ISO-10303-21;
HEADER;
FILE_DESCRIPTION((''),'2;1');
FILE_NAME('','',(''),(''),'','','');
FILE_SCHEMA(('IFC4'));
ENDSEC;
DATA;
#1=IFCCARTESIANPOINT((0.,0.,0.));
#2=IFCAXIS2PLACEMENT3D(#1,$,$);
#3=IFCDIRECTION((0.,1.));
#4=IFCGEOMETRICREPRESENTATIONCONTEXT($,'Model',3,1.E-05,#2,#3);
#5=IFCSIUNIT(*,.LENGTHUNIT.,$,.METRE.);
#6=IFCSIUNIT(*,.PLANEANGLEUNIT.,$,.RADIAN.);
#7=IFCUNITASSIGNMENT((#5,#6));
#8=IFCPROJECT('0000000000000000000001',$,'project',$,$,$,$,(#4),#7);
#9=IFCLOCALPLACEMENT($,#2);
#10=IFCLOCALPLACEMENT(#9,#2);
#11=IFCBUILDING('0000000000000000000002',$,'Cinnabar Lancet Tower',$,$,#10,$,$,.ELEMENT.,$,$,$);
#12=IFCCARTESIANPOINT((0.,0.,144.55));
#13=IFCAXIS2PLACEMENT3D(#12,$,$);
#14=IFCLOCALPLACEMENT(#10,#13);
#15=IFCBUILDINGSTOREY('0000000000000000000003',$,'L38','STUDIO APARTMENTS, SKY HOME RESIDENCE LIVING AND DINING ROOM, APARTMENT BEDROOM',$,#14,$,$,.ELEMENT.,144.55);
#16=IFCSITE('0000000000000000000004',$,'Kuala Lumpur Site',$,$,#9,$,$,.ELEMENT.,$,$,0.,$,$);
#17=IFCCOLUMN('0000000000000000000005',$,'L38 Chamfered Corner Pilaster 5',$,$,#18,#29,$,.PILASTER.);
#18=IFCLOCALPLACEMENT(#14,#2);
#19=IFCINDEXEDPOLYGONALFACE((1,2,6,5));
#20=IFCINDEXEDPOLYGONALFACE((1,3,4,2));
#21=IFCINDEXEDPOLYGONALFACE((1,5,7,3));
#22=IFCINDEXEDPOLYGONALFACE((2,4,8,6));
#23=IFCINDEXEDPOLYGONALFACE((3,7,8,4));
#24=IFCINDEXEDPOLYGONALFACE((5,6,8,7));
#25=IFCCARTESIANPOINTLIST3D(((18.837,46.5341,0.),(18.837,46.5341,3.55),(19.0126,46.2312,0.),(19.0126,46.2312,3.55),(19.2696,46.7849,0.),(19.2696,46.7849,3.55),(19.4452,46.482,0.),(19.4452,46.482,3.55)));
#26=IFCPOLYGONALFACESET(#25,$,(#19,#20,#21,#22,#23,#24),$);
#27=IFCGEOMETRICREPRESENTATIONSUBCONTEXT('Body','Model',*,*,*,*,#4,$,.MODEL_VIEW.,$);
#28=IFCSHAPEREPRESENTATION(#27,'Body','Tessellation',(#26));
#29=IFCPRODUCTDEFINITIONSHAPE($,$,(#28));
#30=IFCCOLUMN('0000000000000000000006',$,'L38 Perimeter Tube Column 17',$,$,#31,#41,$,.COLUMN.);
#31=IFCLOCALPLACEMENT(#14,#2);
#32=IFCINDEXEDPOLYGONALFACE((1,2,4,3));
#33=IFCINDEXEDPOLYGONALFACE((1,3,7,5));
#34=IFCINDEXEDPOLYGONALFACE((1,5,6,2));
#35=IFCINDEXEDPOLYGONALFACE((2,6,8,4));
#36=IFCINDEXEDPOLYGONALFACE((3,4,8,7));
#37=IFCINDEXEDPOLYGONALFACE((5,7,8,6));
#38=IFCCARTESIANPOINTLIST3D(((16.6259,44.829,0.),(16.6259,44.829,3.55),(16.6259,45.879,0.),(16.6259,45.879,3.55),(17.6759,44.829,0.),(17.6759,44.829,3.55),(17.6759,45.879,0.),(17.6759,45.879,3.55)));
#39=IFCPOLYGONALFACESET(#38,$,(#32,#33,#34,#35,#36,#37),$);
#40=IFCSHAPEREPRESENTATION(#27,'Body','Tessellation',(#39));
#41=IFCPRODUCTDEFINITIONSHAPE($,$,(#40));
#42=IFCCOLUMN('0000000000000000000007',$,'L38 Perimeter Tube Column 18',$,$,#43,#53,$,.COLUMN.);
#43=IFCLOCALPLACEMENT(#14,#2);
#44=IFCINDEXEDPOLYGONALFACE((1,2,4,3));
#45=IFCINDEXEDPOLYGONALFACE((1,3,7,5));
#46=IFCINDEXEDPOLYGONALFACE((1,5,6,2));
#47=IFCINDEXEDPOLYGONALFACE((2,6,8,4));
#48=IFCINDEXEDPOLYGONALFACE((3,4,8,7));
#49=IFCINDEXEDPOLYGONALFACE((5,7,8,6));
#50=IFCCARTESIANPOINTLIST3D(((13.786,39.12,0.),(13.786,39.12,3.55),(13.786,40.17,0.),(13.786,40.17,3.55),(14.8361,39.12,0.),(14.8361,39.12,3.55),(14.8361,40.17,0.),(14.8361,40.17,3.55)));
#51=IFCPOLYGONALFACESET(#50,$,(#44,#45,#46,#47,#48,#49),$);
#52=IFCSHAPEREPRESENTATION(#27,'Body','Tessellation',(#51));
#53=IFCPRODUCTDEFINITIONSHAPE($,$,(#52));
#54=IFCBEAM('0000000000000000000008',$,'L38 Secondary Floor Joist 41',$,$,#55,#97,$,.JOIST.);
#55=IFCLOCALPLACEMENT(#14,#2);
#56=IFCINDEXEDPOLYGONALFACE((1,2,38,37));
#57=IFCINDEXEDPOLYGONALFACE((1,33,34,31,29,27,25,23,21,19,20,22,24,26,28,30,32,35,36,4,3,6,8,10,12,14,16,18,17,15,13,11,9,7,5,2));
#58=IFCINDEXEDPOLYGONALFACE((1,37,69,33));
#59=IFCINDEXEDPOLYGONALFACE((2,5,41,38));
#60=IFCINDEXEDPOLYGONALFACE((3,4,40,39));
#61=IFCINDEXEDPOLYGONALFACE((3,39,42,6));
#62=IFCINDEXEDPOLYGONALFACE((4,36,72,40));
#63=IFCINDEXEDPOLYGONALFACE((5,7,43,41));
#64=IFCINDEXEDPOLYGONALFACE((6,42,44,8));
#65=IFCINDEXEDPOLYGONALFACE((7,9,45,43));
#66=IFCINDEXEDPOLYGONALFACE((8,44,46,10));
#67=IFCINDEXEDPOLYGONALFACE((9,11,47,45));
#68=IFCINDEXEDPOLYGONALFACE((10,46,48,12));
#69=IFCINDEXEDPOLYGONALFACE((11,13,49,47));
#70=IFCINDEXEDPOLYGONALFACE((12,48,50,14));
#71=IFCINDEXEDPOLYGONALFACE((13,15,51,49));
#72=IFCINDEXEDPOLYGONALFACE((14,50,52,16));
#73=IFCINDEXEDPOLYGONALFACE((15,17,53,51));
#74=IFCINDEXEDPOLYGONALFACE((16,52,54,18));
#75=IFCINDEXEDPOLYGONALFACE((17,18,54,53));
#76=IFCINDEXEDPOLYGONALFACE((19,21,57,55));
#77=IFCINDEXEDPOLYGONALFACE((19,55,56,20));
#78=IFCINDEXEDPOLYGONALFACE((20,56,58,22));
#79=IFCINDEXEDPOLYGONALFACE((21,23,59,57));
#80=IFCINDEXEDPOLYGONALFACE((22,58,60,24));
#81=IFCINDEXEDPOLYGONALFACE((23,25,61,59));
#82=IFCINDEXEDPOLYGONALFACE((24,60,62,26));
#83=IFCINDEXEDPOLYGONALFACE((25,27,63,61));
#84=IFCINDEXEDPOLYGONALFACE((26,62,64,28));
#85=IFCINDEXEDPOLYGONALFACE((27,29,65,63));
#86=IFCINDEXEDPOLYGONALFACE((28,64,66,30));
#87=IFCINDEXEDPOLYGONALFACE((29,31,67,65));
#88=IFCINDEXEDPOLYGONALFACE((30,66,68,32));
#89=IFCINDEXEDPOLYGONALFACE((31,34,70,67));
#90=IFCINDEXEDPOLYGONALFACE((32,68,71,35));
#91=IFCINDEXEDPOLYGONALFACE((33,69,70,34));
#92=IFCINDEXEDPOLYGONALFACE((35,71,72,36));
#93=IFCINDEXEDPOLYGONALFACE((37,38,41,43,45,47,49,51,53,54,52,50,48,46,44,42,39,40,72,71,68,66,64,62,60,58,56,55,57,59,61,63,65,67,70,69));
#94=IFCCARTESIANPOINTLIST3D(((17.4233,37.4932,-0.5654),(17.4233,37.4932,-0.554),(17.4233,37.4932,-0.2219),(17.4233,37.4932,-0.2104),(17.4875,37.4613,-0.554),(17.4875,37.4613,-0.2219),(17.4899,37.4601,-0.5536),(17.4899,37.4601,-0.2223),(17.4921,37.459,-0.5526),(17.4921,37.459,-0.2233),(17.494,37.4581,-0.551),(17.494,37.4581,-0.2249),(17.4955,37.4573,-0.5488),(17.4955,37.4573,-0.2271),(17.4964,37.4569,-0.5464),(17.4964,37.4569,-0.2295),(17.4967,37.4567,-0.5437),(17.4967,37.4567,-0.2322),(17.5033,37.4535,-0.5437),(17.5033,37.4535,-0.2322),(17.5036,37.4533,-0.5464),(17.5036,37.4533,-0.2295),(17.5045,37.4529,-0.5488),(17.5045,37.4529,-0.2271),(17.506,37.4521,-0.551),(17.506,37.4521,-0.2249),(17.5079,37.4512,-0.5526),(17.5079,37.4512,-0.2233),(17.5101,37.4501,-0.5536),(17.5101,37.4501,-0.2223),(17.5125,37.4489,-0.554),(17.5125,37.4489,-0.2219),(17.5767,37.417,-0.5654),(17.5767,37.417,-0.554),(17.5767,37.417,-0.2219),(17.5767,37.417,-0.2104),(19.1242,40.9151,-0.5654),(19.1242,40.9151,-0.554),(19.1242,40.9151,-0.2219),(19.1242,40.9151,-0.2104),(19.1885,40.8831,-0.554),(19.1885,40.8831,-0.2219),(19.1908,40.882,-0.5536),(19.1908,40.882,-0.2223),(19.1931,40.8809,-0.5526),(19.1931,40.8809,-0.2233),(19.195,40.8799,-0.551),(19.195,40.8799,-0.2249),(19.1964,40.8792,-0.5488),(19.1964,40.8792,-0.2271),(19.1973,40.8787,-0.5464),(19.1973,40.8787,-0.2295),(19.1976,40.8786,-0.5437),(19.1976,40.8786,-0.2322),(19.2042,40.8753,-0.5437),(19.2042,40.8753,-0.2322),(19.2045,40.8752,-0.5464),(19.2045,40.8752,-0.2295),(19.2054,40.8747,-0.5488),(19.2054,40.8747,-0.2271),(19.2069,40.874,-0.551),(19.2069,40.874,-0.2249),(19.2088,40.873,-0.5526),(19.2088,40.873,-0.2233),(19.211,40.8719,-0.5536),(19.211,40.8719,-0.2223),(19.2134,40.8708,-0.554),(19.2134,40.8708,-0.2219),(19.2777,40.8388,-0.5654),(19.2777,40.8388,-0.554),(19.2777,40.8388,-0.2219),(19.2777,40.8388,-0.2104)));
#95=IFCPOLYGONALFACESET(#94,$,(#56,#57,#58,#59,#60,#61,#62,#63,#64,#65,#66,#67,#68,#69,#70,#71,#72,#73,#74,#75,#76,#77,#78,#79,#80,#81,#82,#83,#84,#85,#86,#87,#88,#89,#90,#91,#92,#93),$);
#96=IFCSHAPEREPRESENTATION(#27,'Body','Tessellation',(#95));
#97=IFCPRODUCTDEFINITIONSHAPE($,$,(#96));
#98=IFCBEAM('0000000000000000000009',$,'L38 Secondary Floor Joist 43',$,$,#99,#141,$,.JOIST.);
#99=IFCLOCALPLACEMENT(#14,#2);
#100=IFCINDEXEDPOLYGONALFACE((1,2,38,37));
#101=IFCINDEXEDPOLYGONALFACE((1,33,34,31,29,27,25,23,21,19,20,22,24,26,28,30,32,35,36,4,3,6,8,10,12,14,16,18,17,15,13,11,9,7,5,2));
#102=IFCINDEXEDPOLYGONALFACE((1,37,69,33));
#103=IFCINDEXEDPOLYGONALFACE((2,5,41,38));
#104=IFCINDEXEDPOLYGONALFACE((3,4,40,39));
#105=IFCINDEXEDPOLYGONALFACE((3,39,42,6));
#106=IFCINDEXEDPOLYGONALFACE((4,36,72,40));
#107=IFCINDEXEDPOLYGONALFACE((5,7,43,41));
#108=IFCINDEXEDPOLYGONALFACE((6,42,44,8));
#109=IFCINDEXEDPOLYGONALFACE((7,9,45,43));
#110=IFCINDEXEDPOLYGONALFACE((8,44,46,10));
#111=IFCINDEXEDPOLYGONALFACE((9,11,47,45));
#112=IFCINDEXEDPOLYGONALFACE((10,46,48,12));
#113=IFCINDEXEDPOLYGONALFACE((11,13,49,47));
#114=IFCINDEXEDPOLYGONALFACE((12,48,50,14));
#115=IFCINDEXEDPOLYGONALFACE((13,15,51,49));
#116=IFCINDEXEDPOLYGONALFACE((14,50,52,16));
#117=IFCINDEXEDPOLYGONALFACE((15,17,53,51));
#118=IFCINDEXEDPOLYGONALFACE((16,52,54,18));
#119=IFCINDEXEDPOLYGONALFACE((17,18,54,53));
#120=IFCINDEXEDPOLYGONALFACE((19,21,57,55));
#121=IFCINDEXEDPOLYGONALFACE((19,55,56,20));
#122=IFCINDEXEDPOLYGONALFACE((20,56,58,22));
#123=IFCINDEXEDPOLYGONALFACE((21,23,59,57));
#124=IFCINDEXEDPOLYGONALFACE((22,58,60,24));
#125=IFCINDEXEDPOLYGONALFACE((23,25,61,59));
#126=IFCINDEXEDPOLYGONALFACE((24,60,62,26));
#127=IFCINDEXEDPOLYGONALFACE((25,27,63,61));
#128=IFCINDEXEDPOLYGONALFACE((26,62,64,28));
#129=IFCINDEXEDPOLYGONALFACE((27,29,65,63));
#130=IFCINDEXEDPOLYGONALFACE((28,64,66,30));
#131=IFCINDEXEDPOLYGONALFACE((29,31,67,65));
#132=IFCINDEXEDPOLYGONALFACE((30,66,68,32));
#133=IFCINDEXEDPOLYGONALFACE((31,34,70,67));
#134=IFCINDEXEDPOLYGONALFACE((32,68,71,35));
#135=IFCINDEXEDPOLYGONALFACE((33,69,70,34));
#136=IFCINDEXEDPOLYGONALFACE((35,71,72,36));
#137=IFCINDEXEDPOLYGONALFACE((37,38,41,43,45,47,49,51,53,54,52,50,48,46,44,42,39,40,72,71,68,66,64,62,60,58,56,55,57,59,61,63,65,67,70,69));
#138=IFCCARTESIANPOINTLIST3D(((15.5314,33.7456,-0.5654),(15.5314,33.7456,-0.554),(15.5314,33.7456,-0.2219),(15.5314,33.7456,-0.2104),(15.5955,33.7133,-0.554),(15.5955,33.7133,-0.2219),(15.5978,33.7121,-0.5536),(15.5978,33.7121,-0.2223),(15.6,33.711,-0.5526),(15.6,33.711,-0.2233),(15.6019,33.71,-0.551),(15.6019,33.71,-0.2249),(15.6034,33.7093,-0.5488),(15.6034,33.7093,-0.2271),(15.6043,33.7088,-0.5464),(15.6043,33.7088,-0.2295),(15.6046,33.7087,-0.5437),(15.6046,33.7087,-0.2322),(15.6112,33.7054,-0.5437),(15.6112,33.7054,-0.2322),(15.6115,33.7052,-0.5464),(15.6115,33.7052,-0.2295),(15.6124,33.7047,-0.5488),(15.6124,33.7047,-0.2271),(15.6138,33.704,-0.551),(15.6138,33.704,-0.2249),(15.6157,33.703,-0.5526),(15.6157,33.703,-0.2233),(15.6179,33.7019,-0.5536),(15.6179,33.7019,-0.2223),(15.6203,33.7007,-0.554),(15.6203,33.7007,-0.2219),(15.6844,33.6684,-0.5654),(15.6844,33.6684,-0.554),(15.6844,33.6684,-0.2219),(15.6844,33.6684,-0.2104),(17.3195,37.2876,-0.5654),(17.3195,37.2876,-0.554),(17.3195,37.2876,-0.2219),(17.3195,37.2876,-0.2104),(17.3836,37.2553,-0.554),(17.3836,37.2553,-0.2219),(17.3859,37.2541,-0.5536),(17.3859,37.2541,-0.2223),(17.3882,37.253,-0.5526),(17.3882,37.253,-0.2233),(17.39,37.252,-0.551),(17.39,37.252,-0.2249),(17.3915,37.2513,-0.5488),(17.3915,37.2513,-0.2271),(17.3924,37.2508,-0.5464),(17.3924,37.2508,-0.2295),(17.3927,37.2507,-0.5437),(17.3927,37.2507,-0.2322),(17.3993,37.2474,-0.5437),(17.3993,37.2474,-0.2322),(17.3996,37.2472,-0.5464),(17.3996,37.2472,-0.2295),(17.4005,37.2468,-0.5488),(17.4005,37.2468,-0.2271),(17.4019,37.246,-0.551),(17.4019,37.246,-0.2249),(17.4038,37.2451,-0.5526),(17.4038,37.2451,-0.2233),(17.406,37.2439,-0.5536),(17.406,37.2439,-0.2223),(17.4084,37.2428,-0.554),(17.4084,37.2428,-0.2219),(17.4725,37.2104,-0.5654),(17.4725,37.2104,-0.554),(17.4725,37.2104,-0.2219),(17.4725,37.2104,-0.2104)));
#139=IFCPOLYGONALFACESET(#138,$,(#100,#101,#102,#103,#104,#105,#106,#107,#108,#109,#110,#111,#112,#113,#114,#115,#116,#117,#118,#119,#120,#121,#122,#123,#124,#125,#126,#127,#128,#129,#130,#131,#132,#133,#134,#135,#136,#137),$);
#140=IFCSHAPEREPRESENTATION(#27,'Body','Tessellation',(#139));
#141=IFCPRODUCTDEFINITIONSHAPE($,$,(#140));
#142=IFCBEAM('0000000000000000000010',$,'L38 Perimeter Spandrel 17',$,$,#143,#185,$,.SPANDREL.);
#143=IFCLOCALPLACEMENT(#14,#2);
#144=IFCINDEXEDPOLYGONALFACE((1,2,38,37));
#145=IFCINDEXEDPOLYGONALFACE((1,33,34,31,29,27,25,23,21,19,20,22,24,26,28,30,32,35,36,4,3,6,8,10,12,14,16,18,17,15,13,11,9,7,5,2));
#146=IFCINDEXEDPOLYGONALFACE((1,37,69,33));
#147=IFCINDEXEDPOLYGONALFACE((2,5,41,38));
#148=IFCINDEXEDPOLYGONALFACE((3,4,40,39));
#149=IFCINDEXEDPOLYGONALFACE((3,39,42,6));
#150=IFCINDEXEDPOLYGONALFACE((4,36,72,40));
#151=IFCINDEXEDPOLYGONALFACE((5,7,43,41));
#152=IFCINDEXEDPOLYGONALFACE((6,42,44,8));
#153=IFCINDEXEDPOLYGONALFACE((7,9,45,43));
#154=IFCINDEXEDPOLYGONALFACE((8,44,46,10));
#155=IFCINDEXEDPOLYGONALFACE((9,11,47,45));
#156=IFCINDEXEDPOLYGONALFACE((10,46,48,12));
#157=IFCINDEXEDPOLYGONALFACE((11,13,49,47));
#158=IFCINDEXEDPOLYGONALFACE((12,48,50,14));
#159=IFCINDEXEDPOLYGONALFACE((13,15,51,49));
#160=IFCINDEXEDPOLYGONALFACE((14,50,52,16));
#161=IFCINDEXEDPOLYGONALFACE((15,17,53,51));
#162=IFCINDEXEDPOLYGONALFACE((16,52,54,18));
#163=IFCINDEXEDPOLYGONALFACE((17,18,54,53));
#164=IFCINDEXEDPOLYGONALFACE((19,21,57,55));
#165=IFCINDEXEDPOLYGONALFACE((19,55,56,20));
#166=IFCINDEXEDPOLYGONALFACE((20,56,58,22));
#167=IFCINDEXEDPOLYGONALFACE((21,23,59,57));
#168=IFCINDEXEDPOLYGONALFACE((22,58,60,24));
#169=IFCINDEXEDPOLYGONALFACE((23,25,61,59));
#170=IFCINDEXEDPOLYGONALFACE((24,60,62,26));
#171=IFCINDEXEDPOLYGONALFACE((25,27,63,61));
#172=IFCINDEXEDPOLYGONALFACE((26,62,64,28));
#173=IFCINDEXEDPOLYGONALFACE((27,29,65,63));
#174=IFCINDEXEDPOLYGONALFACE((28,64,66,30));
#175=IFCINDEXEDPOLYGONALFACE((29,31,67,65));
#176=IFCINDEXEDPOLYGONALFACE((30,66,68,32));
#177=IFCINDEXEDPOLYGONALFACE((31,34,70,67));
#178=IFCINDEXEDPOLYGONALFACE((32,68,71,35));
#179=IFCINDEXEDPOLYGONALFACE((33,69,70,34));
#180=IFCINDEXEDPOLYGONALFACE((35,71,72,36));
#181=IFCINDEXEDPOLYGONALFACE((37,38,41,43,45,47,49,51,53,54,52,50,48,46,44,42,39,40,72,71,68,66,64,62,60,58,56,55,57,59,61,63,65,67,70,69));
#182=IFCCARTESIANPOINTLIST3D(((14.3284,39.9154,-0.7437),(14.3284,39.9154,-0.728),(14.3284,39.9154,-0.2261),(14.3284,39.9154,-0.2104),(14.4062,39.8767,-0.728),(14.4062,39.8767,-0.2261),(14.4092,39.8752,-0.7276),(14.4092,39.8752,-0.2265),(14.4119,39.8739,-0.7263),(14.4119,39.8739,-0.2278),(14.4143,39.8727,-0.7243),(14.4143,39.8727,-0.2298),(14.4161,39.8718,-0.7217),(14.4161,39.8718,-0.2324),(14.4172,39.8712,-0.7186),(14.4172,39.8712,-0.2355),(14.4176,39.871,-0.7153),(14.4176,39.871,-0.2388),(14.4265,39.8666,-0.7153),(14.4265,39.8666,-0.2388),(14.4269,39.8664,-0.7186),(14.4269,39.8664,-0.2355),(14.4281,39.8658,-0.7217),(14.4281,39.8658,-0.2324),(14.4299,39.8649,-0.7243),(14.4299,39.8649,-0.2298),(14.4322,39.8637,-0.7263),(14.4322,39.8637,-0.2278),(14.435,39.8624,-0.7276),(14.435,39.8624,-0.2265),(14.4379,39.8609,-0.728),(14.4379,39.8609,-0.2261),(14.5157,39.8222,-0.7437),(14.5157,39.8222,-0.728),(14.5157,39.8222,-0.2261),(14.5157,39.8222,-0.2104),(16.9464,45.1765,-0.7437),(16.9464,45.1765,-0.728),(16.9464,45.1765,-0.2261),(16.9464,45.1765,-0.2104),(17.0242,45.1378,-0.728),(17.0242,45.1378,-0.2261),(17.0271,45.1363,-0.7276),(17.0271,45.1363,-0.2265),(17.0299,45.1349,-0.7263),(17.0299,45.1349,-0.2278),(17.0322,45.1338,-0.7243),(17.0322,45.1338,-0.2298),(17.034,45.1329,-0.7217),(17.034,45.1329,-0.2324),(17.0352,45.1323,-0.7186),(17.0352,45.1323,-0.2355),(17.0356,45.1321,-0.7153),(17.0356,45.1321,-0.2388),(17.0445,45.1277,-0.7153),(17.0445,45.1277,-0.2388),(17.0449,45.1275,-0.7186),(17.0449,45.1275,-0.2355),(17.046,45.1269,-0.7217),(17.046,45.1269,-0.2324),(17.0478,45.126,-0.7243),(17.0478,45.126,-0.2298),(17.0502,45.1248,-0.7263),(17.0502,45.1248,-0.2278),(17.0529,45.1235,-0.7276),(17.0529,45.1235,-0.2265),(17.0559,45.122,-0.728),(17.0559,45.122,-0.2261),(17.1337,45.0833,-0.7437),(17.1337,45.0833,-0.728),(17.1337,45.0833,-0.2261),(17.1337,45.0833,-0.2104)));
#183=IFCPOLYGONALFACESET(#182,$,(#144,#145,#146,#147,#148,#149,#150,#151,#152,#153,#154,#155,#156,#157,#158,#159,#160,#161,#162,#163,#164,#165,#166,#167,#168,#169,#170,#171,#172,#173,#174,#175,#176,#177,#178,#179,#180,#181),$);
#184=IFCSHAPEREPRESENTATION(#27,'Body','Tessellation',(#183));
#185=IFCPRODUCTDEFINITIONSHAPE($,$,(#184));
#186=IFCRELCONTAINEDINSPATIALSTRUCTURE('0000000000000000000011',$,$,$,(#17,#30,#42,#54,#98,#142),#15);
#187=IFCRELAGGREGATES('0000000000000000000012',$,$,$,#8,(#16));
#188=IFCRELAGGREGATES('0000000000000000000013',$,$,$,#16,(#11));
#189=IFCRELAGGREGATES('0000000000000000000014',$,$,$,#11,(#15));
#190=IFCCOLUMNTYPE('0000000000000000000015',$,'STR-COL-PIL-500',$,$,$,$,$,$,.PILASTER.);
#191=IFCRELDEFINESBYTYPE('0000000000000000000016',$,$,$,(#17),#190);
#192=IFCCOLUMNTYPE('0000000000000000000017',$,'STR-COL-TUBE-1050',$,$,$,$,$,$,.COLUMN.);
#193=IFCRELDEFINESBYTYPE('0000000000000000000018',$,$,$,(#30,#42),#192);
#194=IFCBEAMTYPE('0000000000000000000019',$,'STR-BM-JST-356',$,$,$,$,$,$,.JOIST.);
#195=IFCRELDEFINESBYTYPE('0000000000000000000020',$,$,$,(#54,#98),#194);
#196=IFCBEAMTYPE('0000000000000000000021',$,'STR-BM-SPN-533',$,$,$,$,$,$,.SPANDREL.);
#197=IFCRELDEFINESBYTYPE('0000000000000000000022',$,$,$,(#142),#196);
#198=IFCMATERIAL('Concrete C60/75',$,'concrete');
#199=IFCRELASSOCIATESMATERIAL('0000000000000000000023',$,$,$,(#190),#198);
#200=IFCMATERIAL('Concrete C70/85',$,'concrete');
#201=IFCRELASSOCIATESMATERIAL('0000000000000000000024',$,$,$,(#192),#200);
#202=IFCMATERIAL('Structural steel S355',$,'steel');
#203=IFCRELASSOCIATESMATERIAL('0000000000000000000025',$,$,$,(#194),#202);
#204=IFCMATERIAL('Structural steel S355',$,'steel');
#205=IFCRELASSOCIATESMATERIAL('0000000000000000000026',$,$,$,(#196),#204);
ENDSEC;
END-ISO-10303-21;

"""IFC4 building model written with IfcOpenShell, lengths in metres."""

from ifc_helpers import new_model, si_unit, direction, frame, origin, origin_2d, place, context, subcontext, project, spatial, rectangle, i_section, extrude, material, material_profile, profile_set, type_object, element, save


model = new_model("IFC4")

# Units and contexts
model_context = context("Model", 3, precision=1e-05, world=origin(), true_north=direction((0.0, 1.0)))
body_context = subcontext(model_context, "Body", "Model", "MODEL_VIEW")
ifc_project = project(units=[si_unit("LENGTHUNIT", "METRE"), si_unit("PLANEANGLEUNIT", "RADIAN")], contexts=[model_context])

# Site, building, storey
site_placement = place(None, origin())
site = spatial("IfcSite", under=ifc_project, at=site_placement, Name="Kuala Lumpur Site", CompositionType="ELEMENT", RefElevation=0.0)
building_placement = place(site_placement, origin())
building = spatial("IfcBuilding", under=site, at=building_placement, Name="Cinnabar Lancet Tower", CompositionType="ELEMENT")
storey_placement = place(building_placement, frame((0.0, 0.0, 144.55)))
storey = spatial("IfcBuildingStorey", under=building, at=storey_placement, Name="L38", Description="STUDIO APARTMENTS, SKY HOME RESIDENCE LIVING AND DINING ROOM, APARTMENT BEDROOM", CompositionType="ELEMENT", Elevation=144.55)

# Columns
ifc_material_1 = material(Name="Concrete C60/75", Category="concrete")
ifc_material_profile_1 = material_profile(ifc_material_1, rectangle(XDim=0.5, YDim=0.3501, at=origin_2d()), Name="RC-PIL 500x350")
ifc_profile_set_1 = profile_set([ifc_material_profile_1], Name="Concrete C60/75")
column_type_1 = type_object("IfcColumnType", Name="STR-COL-PIL-500", PredefinedType="PILASTER", material=ifc_profile_set_1)
column_placement = place(storey_placement, frame((19.1411, 46.5081, 0.0), z_axis=(0.0, 0.0, 1.0), x_axis=(-0.86516, -0.501496, 0.0)))
element("IfcColumn", 1, at=column_placement, inside=storey, type_object=column_type_1, Name="L38 Chamfered Corner Pilaster 5", PredefinedType="PILASTER", context=body_context, shape_type="SweptSolid", body=[
    extrude(rectangle(XDim=0.5, YDim=0.3501, at=origin_2d()), origin(), (0.0, 0.0, 1.0), 3.55),
])
ifc_material_2 = material(Name="Concrete C70/85", Category="concrete")
ifc_material_profile_2 = material_profile(ifc_material_2, rectangle(XDim=1.05, YDim=1.05, at=origin_2d()), Name="RC-COL 1050x1050")
ifc_profile_set_2 = profile_set([ifc_material_profile_2], Name="Concrete C70/85")
column_type_2 = type_object("IfcColumnType", Name="STR-COL-TUBE-1050", PredefinedType="COLUMN", material=ifc_profile_set_2)
for number, where, z_axis, x_axis, name in (
    (2, (17.1509, 45.354, 0.0), (0.0, 0.0, 1.0), (1.0, 0.0, 0.0), "L38 Perimeter Tube Column 17"),
    (3, (14.311, 39.645, 0.0), (0.0, 0.0, 1.0), (1.0, 0.0, 0.0), "L38 Perimeter Tube Column 18"),
):
    element("IfcColumn", number, at=place(storey_placement, frame(where, z_axis=z_axis, x_axis=x_axis)), inside=storey, type_object=column_type_2, Name=name, PredefinedType="COLUMN", context=body_context, shape_type="SweptSolid", body=[
        extrude(rectangle(XDim=1.05, YDim=1.05, at=origin_2d()), origin(), (0.0, 0.0, 1.0), 3.55),
    ])

# Beams
ifc_material_3 = material(Name="Structural steel S355", Category="steel")
ifc_material_profile_3 = material_profile(ifc_material_3, i_section(OverallWidth=0.1714, OverallDepth=0.355, WebThickness=0.0073, FlangeThickness=0.0115, FilletRadius=0.0103, at=origin_2d()), Name="UKB 356x171x51")
ifc_profile_set_3 = profile_set([ifc_material_profile_3], Name="Structural steel S355")
beam_type_1 = type_object("IfcBeamType", Name="STR-BM-JST-356", PredefinedType="JOIST", material=ifc_profile_set_3)
beam_1_placement = place(storey_placement, frame((19.2009, 40.877, -0.3879), z_axis=(-0.445117, -0.895473, 0.0), x_axis=(0.895473, -0.445117, 0.0)))
element("IfcBeam", 4, at=beam_1_placement, inside=storey, type_object=beam_type_1, Name="L38 Secondary Floor Joist 41", PredefinedType="JOIST", context=body_context, shape_type="SweptSolid", body=[
    extrude(i_section(OverallWidth=0.1714, OverallDepth=0.355, WebThickness=0.0073, FlangeThickness=0.0115, FilletRadius=0.0103, at=origin_2d()), origin(), (0.0, 0.0, 1.0), 3.8213),
])
beam_2_placement = place(storey_placement, frame((17.396, 37.249, -0.3879), z_axis=(-0.450656, -0.892698, 0.0), x_axis=(0.892698, -0.450656, 0.0)))
element("IfcBeam", 5, at=beam_2_placement, inside=storey, type_object=beam_type_1, Name="L38 Secondary Floor Joist 43", PredefinedType="JOIST", context=body_context, shape_type="SweptSolid", body=[
    extrude(i_section(OverallWidth=0.1714, OverallDepth=0.355, WebThickness=0.0073, FlangeThickness=0.0115, FilletRadius=0.0103, at=origin_2d()), origin(), (0.0, 0.0, 1.0), 3.9678),
])
ifc_material_4 = material(Name="Structural steel S355", Category="steel")
ifc_material_profile_4 = material_profile(ifc_material_4, i_section(OverallWidth=0.2092, OverallDepth=0.5332, WebThickness=0.01, FlangeThickness=0.0156, FilletRadius=0.0127, at=origin_2d()), Name="UKB 533x210x92")
ifc_profile_set_4 = profile_set([ifc_material_profile_4], Name="Structural steel S355")
beam_type_2 = type_object("IfcBeamType", Name="STR-BM-SPN-533", PredefinedType="SPANDREL", material=ifc_profile_set_4)
beam_3_placement = place(storey_placement, frame((17.04, 45.1299, -0.4771), z_axis=(-0.445501, -0.895281, 0.0), x_axis=(0.895281, -0.445501, 0.0)))
element("IfcBeam", 6, at=beam_3_placement, inside=storey, type_object=beam_type_2, Name="L38 Perimeter Spandrel 17", PredefinedType="SPANDREL", context=body_context, shape_type="SweptSolid", body=[
    extrude(i_section(OverallWidth=0.2092, OverallDepth=0.5332, WebThickness=0.01, FlangeThickness=0.0156, FilletRadius=0.0127, at=origin_2d()), origin(), (0.0, 0.0, 1.0), 5.8765),
])

save(model, "model.ifc")
